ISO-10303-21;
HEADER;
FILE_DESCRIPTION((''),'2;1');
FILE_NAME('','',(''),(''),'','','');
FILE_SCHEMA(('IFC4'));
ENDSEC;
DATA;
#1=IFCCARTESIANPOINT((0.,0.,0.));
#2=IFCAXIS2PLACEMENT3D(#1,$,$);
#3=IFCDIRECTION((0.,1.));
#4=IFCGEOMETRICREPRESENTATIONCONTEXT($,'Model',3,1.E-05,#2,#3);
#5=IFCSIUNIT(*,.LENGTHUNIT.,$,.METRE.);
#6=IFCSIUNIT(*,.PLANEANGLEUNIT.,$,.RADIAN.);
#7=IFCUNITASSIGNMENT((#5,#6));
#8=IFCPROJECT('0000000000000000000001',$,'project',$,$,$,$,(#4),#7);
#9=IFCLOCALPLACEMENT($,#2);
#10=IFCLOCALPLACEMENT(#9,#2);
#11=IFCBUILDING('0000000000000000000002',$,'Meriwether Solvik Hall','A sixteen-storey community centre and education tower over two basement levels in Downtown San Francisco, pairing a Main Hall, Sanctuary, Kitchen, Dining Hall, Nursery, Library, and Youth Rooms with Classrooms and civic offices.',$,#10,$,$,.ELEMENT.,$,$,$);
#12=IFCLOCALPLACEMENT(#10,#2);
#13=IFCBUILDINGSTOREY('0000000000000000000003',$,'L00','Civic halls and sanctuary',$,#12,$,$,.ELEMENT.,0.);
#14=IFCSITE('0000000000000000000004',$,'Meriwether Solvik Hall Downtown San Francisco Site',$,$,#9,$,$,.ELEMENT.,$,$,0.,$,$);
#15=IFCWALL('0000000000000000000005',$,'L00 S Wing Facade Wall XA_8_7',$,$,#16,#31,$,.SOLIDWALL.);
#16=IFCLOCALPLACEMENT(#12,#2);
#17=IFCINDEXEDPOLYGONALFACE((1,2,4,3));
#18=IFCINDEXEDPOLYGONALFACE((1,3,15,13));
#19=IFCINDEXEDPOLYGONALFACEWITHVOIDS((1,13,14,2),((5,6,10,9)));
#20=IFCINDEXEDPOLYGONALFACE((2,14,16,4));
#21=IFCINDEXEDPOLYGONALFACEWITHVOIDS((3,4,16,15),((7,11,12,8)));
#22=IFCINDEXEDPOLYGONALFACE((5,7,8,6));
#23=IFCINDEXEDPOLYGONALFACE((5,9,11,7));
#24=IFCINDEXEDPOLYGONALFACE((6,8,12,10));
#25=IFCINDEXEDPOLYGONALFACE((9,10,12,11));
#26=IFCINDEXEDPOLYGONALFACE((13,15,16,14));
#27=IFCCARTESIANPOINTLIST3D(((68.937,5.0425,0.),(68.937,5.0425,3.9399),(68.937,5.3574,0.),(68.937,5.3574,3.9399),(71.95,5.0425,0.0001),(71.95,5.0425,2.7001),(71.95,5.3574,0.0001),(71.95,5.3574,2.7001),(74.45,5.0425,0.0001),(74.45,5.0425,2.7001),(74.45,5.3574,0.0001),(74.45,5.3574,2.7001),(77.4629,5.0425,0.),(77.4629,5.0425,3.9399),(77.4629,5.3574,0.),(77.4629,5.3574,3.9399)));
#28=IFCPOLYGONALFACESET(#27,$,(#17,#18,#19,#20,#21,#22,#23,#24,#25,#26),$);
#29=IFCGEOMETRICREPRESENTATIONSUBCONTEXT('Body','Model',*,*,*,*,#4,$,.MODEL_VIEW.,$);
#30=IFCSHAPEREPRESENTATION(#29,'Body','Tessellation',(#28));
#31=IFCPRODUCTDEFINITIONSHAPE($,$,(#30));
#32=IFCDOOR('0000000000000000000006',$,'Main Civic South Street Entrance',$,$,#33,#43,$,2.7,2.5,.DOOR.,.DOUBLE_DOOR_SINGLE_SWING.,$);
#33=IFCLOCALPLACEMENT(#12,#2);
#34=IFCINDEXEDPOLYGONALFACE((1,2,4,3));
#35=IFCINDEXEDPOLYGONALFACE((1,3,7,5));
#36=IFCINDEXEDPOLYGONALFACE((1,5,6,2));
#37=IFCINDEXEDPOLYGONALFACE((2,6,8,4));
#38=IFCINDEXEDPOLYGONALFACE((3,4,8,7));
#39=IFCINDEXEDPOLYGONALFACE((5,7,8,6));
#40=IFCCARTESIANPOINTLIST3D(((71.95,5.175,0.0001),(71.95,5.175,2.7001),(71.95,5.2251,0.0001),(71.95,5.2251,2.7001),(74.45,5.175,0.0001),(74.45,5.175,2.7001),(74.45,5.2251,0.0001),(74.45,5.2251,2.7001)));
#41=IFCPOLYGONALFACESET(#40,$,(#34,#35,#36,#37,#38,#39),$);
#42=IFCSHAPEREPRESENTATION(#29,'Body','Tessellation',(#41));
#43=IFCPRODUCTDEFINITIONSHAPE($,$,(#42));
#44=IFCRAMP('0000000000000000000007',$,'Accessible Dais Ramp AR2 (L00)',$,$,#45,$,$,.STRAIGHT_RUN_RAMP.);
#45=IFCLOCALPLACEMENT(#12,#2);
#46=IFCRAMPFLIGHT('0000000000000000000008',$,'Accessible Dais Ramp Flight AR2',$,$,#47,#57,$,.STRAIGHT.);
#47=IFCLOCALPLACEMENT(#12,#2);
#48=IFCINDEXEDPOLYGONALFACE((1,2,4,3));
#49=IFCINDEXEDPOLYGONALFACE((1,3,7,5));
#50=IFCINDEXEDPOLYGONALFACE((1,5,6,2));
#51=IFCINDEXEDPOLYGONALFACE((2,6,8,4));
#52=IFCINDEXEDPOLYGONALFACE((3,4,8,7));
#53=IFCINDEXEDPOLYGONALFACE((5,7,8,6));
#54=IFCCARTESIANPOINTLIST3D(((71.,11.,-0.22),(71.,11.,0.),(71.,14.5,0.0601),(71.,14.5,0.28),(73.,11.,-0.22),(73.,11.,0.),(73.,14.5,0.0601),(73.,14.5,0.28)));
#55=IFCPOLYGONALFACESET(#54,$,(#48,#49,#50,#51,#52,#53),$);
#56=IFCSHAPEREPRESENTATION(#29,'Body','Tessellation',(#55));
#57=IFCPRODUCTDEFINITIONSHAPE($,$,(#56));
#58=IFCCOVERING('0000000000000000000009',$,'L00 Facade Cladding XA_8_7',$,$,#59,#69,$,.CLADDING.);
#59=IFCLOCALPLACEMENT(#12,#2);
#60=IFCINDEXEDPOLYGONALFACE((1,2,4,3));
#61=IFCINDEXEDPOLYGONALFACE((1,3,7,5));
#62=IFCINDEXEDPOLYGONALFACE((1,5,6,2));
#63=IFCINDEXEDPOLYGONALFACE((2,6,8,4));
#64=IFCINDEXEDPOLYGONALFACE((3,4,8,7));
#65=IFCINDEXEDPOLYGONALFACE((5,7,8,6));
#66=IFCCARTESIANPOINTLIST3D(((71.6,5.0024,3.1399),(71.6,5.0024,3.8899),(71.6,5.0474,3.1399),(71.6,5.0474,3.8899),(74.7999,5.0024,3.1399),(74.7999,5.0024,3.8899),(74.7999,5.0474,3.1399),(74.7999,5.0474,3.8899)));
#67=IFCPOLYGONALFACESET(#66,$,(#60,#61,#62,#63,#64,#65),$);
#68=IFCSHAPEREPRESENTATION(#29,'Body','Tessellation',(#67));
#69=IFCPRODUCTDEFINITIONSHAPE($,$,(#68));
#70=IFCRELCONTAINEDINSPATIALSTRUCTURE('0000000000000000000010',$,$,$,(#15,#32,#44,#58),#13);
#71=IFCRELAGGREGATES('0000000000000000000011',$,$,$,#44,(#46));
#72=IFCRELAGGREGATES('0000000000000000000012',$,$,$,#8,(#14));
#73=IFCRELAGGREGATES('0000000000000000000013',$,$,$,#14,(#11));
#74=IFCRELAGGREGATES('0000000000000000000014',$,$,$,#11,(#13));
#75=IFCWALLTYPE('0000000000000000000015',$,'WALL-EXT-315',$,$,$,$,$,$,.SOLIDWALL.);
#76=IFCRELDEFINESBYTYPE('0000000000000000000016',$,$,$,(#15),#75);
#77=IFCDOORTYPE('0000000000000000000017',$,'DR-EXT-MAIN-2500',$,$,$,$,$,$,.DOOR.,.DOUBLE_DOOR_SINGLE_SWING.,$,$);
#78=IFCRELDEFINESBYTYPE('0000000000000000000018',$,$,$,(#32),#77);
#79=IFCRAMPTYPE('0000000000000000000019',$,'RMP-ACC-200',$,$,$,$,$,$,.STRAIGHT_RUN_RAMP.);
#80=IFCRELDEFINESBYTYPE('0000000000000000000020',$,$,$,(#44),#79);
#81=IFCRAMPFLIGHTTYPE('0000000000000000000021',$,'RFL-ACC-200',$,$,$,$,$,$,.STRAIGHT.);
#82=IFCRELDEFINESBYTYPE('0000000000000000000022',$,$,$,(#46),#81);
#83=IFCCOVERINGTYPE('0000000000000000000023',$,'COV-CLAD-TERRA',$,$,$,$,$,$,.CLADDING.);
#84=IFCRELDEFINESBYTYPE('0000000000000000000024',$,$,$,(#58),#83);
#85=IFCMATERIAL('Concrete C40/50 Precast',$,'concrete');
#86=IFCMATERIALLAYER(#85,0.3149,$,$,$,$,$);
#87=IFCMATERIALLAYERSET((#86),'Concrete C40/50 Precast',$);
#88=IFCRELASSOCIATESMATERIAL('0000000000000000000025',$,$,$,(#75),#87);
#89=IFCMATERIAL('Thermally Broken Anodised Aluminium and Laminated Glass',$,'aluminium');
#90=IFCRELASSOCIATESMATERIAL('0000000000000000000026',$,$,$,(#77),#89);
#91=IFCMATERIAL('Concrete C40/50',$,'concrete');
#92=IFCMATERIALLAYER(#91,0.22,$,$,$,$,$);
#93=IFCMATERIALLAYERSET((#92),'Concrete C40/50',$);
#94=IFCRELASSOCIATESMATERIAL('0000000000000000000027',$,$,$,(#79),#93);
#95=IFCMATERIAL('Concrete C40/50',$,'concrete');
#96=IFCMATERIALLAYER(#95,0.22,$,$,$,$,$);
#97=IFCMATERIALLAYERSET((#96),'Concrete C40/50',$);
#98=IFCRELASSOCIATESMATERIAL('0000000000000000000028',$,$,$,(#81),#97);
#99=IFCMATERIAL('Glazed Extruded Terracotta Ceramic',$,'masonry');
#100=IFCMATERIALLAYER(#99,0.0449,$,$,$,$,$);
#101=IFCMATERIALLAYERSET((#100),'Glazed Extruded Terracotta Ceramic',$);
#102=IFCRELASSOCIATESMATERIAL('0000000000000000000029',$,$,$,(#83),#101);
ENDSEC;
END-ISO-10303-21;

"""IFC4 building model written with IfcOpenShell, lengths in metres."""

from ifc_helpers import new_model, si_unit, direction, frame, frame_2d, origin, origin_2d, place, context, subcontext, project, spatial, polyline, rectangle, outline, extrude, material, layer, layer_set, type_object, element, fill, aggregate, save


model = new_model("IFC4")

# Units and contexts
model_context = context("Model", 3, precision=1e-05, world=origin(), true_north=direction((0.0, 1.0)))
body_context = subcontext(model_context, "Body", "Model", "MODEL_VIEW")
ifc_project = project(units=[si_unit("LENGTHUNIT", "METRE"), si_unit("PLANEANGLEUNIT", "RADIAN")], contexts=[model_context])

# Site, building, storey
site_placement = place(None, origin())
site = spatial("IfcSite", under=ifc_project, at=site_placement, Name="Meriwether Solvik Hall Downtown San Francisco Site", CompositionType="ELEMENT", RefElevation=0.0)
building_placement = place(site_placement, origin())
building = spatial("IfcBuilding", under=site, at=building_placement, Name="Meriwether Solvik Hall", Description="A sixteen-storey community centre and education tower over two basement levels in Downtown San Francisco, pairing a Main Hall, Sanctuary, Kitchen, Dining Hall, Nursery, Library, and Youth Rooms with Classrooms and civic offices.", CompositionType="ELEMENT")
storey_placement = place(building_placement, origin())
storey = spatial("IfcBuildingStorey", under=building, at=storey_placement, Name="L00", Description="Civic halls and sanctuary", CompositionType="ELEMENT", Elevation=0.0)

# Wall, opening, door
ifc_material_1 = material(Name="Concrete C40/50 Precast", Category="concrete")
ifc_layer_1 = layer(ifc_material_1, 0.3149)
ifc_layer_set_1 = layer_set([ifc_layer_1], Name="Concrete C40/50 Precast")
wall_type = type_object("IfcWallType", Name="WALL-EXT-315", PredefinedType="SOLIDWALL", material=ifc_layer_set_1)
wall_placement = place(storey_placement, frame((77.4629, 5.2, 0.0), z_axis=(0.0, 0.0, 1.0), x_axis=(-1.0, 0.0, 0.0)))
wall = element("IfcWall", 1, at=wall_placement, inside=storey, type_object=wall_type, Name="L00 S Wing Facade Wall XA_8_7", PredefinedType="SOLIDWALL", context=body_context, shape_type="SweptSolid", body=[
    extrude(rectangle(XDim=8.5259, YDim=0.3149, at=frame_2d((4.2629, 0.0))), origin(), (0.0, 0.0, 1.0), 3.9399),
])
opening_placement = place(wall_placement, frame((3.0129, 0.0, 0.0)))
opening = element("IfcOpeningElement", 2, at=opening_placement, cuts=wall, PredefinedType="OPENING", context=body_context, shape_type="SweptSolid", body=[
    extrude(rectangle(XDim=2.5, YDim=2.7, at=frame_2d((1.25, 1.3501))), frame((0.0, 0.1694, 0.0), z_axis=(0.0, -1.0, 0.0), x_axis=(1.0, 0.0, 0.0)), (0.0, 0.0, 1.0), 0.3389),
])
ifc_material_2 = material(Name="Thermally Broken Anodised Aluminium and Laminated Glass", Category="aluminium")
door_type = type_object("IfcDoorType", Name="DR-EXT-MAIN-2500", OperationType="DOUBLE_DOOR_SINGLE_SWING", PredefinedType="DOOR", material=ifc_material_2)
door_placement = place(opening_placement, origin())
door = element("IfcDoor", 3, at=door_placement, inside=storey, type_object=door_type, Name="Main Civic South Street Entrance", OperationType="DOUBLE_DOOR_SINGLE_SWING", OverallHeight=2.7, OverallWidth=2.5, PredefinedType="DOOR", context=body_context, shape_type="SweptSolid", body=[
    extrude(rectangle(XDim=2.5, YDim=2.7, at=frame_2d((1.25, 1.3501))), frame((0.0, 0.0249, 0.0), z_axis=(0.0, -1.0, 0.0), x_axis=(1.0, 0.0, 0.0)), (0.0, 0.0, 1.0), 0.05),
])
fill(opening, door)

# Ramp, ramp flight
ifc_material_3 = material(Name="Concrete C40/50", Category="concrete")
ifc_layer_2 = layer(ifc_material_3, 0.22)
ifc_layer_set_2 = layer_set([ifc_layer_2], Name="Concrete C40/50")
ramp_type = type_object("IfcRampType", Name="RMP-ACC-200", PredefinedType="STRAIGHT_RUN_RAMP", material=ifc_layer_set_2)
ramp_placement = place(storey_placement, origin())
ramp = element("IfcRamp", 4, at=ramp_placement, inside=storey, type_object=ramp_type, Name="Accessible Dais Ramp AR2 (L00)", PredefinedType="STRAIGHT_RUN_RAMP")
ifc_material_4 = material(Name="Concrete C40/50", Category="concrete")
ifc_layer_3 = layer(ifc_material_4, 0.22)
ifc_layer_set_3 = layer_set([ifc_layer_3], Name="Concrete C40/50")
ramp_flight_type = type_object("IfcRampFlightType", Name="RFL-ACC-200", PredefinedType="STRAIGHT", material=ifc_layer_set_3)
ramp_flight_placement = place(storey_placement, frame((72.0, 11.0, 0.0), z_axis=(0.0, 0.0, 1.0), x_axis=(0.0, 1.0, 0.0)))
ramp_flight = element("IfcRampFlight", 5, at=ramp_flight_placement, type_object=ramp_flight_type, Name="Accessible Dais Ramp Flight AR2", PredefinedType="STRAIGHT", context=body_context, shape_type="SweptSolid", body=[
    extrude(outline(polyline([(0.0, 0.0), (3.5, 0.28), (3.5, 0.0601), (0.0, -0.22), (0.0, 0.0)])), frame((0.0, 1.0, 0.0), z_axis=(0.0, -1.0, 0.0), x_axis=(1.0, 0.0, 0.0)), (0.0, 0.0, 1.0), 2.0),
])
aggregate(ramp, [ramp_flight])

# Covering
ifc_material_5 = material(Name="Glazed Extruded Terracotta Ceramic", Category="masonry")
ifc_layer_4 = layer(ifc_material_5, 0.0449)
ifc_layer_set_4 = layer_set([ifc_layer_4], Name="Glazed Extruded Terracotta Ceramic")
covering_type = type_object("IfcCoveringType", Name="COV-CLAD-TERRA", PredefinedType="CLADDING", material=ifc_layer_set_4)
covering_placement = place(storey_placement, frame((73.2, 5.0249, 3.1399), z_axis=(0.0, 0.0, 1.0), x_axis=(-1.0, 0.0, 0.0)))
element("IfcCovering", 6, at=covering_placement, inside=storey, type_object=covering_type, Name="L00 Facade Cladding XA_8_7", PredefinedType="CLADDING", context=body_context, shape_type="SweptSolid", body=[
    extrude(rectangle(XDim=3.2, YDim=0.0449, at=origin_2d()), origin(), (0.0, 0.0, 1.0), 0.75),
])

save(model, "model.ifc")
